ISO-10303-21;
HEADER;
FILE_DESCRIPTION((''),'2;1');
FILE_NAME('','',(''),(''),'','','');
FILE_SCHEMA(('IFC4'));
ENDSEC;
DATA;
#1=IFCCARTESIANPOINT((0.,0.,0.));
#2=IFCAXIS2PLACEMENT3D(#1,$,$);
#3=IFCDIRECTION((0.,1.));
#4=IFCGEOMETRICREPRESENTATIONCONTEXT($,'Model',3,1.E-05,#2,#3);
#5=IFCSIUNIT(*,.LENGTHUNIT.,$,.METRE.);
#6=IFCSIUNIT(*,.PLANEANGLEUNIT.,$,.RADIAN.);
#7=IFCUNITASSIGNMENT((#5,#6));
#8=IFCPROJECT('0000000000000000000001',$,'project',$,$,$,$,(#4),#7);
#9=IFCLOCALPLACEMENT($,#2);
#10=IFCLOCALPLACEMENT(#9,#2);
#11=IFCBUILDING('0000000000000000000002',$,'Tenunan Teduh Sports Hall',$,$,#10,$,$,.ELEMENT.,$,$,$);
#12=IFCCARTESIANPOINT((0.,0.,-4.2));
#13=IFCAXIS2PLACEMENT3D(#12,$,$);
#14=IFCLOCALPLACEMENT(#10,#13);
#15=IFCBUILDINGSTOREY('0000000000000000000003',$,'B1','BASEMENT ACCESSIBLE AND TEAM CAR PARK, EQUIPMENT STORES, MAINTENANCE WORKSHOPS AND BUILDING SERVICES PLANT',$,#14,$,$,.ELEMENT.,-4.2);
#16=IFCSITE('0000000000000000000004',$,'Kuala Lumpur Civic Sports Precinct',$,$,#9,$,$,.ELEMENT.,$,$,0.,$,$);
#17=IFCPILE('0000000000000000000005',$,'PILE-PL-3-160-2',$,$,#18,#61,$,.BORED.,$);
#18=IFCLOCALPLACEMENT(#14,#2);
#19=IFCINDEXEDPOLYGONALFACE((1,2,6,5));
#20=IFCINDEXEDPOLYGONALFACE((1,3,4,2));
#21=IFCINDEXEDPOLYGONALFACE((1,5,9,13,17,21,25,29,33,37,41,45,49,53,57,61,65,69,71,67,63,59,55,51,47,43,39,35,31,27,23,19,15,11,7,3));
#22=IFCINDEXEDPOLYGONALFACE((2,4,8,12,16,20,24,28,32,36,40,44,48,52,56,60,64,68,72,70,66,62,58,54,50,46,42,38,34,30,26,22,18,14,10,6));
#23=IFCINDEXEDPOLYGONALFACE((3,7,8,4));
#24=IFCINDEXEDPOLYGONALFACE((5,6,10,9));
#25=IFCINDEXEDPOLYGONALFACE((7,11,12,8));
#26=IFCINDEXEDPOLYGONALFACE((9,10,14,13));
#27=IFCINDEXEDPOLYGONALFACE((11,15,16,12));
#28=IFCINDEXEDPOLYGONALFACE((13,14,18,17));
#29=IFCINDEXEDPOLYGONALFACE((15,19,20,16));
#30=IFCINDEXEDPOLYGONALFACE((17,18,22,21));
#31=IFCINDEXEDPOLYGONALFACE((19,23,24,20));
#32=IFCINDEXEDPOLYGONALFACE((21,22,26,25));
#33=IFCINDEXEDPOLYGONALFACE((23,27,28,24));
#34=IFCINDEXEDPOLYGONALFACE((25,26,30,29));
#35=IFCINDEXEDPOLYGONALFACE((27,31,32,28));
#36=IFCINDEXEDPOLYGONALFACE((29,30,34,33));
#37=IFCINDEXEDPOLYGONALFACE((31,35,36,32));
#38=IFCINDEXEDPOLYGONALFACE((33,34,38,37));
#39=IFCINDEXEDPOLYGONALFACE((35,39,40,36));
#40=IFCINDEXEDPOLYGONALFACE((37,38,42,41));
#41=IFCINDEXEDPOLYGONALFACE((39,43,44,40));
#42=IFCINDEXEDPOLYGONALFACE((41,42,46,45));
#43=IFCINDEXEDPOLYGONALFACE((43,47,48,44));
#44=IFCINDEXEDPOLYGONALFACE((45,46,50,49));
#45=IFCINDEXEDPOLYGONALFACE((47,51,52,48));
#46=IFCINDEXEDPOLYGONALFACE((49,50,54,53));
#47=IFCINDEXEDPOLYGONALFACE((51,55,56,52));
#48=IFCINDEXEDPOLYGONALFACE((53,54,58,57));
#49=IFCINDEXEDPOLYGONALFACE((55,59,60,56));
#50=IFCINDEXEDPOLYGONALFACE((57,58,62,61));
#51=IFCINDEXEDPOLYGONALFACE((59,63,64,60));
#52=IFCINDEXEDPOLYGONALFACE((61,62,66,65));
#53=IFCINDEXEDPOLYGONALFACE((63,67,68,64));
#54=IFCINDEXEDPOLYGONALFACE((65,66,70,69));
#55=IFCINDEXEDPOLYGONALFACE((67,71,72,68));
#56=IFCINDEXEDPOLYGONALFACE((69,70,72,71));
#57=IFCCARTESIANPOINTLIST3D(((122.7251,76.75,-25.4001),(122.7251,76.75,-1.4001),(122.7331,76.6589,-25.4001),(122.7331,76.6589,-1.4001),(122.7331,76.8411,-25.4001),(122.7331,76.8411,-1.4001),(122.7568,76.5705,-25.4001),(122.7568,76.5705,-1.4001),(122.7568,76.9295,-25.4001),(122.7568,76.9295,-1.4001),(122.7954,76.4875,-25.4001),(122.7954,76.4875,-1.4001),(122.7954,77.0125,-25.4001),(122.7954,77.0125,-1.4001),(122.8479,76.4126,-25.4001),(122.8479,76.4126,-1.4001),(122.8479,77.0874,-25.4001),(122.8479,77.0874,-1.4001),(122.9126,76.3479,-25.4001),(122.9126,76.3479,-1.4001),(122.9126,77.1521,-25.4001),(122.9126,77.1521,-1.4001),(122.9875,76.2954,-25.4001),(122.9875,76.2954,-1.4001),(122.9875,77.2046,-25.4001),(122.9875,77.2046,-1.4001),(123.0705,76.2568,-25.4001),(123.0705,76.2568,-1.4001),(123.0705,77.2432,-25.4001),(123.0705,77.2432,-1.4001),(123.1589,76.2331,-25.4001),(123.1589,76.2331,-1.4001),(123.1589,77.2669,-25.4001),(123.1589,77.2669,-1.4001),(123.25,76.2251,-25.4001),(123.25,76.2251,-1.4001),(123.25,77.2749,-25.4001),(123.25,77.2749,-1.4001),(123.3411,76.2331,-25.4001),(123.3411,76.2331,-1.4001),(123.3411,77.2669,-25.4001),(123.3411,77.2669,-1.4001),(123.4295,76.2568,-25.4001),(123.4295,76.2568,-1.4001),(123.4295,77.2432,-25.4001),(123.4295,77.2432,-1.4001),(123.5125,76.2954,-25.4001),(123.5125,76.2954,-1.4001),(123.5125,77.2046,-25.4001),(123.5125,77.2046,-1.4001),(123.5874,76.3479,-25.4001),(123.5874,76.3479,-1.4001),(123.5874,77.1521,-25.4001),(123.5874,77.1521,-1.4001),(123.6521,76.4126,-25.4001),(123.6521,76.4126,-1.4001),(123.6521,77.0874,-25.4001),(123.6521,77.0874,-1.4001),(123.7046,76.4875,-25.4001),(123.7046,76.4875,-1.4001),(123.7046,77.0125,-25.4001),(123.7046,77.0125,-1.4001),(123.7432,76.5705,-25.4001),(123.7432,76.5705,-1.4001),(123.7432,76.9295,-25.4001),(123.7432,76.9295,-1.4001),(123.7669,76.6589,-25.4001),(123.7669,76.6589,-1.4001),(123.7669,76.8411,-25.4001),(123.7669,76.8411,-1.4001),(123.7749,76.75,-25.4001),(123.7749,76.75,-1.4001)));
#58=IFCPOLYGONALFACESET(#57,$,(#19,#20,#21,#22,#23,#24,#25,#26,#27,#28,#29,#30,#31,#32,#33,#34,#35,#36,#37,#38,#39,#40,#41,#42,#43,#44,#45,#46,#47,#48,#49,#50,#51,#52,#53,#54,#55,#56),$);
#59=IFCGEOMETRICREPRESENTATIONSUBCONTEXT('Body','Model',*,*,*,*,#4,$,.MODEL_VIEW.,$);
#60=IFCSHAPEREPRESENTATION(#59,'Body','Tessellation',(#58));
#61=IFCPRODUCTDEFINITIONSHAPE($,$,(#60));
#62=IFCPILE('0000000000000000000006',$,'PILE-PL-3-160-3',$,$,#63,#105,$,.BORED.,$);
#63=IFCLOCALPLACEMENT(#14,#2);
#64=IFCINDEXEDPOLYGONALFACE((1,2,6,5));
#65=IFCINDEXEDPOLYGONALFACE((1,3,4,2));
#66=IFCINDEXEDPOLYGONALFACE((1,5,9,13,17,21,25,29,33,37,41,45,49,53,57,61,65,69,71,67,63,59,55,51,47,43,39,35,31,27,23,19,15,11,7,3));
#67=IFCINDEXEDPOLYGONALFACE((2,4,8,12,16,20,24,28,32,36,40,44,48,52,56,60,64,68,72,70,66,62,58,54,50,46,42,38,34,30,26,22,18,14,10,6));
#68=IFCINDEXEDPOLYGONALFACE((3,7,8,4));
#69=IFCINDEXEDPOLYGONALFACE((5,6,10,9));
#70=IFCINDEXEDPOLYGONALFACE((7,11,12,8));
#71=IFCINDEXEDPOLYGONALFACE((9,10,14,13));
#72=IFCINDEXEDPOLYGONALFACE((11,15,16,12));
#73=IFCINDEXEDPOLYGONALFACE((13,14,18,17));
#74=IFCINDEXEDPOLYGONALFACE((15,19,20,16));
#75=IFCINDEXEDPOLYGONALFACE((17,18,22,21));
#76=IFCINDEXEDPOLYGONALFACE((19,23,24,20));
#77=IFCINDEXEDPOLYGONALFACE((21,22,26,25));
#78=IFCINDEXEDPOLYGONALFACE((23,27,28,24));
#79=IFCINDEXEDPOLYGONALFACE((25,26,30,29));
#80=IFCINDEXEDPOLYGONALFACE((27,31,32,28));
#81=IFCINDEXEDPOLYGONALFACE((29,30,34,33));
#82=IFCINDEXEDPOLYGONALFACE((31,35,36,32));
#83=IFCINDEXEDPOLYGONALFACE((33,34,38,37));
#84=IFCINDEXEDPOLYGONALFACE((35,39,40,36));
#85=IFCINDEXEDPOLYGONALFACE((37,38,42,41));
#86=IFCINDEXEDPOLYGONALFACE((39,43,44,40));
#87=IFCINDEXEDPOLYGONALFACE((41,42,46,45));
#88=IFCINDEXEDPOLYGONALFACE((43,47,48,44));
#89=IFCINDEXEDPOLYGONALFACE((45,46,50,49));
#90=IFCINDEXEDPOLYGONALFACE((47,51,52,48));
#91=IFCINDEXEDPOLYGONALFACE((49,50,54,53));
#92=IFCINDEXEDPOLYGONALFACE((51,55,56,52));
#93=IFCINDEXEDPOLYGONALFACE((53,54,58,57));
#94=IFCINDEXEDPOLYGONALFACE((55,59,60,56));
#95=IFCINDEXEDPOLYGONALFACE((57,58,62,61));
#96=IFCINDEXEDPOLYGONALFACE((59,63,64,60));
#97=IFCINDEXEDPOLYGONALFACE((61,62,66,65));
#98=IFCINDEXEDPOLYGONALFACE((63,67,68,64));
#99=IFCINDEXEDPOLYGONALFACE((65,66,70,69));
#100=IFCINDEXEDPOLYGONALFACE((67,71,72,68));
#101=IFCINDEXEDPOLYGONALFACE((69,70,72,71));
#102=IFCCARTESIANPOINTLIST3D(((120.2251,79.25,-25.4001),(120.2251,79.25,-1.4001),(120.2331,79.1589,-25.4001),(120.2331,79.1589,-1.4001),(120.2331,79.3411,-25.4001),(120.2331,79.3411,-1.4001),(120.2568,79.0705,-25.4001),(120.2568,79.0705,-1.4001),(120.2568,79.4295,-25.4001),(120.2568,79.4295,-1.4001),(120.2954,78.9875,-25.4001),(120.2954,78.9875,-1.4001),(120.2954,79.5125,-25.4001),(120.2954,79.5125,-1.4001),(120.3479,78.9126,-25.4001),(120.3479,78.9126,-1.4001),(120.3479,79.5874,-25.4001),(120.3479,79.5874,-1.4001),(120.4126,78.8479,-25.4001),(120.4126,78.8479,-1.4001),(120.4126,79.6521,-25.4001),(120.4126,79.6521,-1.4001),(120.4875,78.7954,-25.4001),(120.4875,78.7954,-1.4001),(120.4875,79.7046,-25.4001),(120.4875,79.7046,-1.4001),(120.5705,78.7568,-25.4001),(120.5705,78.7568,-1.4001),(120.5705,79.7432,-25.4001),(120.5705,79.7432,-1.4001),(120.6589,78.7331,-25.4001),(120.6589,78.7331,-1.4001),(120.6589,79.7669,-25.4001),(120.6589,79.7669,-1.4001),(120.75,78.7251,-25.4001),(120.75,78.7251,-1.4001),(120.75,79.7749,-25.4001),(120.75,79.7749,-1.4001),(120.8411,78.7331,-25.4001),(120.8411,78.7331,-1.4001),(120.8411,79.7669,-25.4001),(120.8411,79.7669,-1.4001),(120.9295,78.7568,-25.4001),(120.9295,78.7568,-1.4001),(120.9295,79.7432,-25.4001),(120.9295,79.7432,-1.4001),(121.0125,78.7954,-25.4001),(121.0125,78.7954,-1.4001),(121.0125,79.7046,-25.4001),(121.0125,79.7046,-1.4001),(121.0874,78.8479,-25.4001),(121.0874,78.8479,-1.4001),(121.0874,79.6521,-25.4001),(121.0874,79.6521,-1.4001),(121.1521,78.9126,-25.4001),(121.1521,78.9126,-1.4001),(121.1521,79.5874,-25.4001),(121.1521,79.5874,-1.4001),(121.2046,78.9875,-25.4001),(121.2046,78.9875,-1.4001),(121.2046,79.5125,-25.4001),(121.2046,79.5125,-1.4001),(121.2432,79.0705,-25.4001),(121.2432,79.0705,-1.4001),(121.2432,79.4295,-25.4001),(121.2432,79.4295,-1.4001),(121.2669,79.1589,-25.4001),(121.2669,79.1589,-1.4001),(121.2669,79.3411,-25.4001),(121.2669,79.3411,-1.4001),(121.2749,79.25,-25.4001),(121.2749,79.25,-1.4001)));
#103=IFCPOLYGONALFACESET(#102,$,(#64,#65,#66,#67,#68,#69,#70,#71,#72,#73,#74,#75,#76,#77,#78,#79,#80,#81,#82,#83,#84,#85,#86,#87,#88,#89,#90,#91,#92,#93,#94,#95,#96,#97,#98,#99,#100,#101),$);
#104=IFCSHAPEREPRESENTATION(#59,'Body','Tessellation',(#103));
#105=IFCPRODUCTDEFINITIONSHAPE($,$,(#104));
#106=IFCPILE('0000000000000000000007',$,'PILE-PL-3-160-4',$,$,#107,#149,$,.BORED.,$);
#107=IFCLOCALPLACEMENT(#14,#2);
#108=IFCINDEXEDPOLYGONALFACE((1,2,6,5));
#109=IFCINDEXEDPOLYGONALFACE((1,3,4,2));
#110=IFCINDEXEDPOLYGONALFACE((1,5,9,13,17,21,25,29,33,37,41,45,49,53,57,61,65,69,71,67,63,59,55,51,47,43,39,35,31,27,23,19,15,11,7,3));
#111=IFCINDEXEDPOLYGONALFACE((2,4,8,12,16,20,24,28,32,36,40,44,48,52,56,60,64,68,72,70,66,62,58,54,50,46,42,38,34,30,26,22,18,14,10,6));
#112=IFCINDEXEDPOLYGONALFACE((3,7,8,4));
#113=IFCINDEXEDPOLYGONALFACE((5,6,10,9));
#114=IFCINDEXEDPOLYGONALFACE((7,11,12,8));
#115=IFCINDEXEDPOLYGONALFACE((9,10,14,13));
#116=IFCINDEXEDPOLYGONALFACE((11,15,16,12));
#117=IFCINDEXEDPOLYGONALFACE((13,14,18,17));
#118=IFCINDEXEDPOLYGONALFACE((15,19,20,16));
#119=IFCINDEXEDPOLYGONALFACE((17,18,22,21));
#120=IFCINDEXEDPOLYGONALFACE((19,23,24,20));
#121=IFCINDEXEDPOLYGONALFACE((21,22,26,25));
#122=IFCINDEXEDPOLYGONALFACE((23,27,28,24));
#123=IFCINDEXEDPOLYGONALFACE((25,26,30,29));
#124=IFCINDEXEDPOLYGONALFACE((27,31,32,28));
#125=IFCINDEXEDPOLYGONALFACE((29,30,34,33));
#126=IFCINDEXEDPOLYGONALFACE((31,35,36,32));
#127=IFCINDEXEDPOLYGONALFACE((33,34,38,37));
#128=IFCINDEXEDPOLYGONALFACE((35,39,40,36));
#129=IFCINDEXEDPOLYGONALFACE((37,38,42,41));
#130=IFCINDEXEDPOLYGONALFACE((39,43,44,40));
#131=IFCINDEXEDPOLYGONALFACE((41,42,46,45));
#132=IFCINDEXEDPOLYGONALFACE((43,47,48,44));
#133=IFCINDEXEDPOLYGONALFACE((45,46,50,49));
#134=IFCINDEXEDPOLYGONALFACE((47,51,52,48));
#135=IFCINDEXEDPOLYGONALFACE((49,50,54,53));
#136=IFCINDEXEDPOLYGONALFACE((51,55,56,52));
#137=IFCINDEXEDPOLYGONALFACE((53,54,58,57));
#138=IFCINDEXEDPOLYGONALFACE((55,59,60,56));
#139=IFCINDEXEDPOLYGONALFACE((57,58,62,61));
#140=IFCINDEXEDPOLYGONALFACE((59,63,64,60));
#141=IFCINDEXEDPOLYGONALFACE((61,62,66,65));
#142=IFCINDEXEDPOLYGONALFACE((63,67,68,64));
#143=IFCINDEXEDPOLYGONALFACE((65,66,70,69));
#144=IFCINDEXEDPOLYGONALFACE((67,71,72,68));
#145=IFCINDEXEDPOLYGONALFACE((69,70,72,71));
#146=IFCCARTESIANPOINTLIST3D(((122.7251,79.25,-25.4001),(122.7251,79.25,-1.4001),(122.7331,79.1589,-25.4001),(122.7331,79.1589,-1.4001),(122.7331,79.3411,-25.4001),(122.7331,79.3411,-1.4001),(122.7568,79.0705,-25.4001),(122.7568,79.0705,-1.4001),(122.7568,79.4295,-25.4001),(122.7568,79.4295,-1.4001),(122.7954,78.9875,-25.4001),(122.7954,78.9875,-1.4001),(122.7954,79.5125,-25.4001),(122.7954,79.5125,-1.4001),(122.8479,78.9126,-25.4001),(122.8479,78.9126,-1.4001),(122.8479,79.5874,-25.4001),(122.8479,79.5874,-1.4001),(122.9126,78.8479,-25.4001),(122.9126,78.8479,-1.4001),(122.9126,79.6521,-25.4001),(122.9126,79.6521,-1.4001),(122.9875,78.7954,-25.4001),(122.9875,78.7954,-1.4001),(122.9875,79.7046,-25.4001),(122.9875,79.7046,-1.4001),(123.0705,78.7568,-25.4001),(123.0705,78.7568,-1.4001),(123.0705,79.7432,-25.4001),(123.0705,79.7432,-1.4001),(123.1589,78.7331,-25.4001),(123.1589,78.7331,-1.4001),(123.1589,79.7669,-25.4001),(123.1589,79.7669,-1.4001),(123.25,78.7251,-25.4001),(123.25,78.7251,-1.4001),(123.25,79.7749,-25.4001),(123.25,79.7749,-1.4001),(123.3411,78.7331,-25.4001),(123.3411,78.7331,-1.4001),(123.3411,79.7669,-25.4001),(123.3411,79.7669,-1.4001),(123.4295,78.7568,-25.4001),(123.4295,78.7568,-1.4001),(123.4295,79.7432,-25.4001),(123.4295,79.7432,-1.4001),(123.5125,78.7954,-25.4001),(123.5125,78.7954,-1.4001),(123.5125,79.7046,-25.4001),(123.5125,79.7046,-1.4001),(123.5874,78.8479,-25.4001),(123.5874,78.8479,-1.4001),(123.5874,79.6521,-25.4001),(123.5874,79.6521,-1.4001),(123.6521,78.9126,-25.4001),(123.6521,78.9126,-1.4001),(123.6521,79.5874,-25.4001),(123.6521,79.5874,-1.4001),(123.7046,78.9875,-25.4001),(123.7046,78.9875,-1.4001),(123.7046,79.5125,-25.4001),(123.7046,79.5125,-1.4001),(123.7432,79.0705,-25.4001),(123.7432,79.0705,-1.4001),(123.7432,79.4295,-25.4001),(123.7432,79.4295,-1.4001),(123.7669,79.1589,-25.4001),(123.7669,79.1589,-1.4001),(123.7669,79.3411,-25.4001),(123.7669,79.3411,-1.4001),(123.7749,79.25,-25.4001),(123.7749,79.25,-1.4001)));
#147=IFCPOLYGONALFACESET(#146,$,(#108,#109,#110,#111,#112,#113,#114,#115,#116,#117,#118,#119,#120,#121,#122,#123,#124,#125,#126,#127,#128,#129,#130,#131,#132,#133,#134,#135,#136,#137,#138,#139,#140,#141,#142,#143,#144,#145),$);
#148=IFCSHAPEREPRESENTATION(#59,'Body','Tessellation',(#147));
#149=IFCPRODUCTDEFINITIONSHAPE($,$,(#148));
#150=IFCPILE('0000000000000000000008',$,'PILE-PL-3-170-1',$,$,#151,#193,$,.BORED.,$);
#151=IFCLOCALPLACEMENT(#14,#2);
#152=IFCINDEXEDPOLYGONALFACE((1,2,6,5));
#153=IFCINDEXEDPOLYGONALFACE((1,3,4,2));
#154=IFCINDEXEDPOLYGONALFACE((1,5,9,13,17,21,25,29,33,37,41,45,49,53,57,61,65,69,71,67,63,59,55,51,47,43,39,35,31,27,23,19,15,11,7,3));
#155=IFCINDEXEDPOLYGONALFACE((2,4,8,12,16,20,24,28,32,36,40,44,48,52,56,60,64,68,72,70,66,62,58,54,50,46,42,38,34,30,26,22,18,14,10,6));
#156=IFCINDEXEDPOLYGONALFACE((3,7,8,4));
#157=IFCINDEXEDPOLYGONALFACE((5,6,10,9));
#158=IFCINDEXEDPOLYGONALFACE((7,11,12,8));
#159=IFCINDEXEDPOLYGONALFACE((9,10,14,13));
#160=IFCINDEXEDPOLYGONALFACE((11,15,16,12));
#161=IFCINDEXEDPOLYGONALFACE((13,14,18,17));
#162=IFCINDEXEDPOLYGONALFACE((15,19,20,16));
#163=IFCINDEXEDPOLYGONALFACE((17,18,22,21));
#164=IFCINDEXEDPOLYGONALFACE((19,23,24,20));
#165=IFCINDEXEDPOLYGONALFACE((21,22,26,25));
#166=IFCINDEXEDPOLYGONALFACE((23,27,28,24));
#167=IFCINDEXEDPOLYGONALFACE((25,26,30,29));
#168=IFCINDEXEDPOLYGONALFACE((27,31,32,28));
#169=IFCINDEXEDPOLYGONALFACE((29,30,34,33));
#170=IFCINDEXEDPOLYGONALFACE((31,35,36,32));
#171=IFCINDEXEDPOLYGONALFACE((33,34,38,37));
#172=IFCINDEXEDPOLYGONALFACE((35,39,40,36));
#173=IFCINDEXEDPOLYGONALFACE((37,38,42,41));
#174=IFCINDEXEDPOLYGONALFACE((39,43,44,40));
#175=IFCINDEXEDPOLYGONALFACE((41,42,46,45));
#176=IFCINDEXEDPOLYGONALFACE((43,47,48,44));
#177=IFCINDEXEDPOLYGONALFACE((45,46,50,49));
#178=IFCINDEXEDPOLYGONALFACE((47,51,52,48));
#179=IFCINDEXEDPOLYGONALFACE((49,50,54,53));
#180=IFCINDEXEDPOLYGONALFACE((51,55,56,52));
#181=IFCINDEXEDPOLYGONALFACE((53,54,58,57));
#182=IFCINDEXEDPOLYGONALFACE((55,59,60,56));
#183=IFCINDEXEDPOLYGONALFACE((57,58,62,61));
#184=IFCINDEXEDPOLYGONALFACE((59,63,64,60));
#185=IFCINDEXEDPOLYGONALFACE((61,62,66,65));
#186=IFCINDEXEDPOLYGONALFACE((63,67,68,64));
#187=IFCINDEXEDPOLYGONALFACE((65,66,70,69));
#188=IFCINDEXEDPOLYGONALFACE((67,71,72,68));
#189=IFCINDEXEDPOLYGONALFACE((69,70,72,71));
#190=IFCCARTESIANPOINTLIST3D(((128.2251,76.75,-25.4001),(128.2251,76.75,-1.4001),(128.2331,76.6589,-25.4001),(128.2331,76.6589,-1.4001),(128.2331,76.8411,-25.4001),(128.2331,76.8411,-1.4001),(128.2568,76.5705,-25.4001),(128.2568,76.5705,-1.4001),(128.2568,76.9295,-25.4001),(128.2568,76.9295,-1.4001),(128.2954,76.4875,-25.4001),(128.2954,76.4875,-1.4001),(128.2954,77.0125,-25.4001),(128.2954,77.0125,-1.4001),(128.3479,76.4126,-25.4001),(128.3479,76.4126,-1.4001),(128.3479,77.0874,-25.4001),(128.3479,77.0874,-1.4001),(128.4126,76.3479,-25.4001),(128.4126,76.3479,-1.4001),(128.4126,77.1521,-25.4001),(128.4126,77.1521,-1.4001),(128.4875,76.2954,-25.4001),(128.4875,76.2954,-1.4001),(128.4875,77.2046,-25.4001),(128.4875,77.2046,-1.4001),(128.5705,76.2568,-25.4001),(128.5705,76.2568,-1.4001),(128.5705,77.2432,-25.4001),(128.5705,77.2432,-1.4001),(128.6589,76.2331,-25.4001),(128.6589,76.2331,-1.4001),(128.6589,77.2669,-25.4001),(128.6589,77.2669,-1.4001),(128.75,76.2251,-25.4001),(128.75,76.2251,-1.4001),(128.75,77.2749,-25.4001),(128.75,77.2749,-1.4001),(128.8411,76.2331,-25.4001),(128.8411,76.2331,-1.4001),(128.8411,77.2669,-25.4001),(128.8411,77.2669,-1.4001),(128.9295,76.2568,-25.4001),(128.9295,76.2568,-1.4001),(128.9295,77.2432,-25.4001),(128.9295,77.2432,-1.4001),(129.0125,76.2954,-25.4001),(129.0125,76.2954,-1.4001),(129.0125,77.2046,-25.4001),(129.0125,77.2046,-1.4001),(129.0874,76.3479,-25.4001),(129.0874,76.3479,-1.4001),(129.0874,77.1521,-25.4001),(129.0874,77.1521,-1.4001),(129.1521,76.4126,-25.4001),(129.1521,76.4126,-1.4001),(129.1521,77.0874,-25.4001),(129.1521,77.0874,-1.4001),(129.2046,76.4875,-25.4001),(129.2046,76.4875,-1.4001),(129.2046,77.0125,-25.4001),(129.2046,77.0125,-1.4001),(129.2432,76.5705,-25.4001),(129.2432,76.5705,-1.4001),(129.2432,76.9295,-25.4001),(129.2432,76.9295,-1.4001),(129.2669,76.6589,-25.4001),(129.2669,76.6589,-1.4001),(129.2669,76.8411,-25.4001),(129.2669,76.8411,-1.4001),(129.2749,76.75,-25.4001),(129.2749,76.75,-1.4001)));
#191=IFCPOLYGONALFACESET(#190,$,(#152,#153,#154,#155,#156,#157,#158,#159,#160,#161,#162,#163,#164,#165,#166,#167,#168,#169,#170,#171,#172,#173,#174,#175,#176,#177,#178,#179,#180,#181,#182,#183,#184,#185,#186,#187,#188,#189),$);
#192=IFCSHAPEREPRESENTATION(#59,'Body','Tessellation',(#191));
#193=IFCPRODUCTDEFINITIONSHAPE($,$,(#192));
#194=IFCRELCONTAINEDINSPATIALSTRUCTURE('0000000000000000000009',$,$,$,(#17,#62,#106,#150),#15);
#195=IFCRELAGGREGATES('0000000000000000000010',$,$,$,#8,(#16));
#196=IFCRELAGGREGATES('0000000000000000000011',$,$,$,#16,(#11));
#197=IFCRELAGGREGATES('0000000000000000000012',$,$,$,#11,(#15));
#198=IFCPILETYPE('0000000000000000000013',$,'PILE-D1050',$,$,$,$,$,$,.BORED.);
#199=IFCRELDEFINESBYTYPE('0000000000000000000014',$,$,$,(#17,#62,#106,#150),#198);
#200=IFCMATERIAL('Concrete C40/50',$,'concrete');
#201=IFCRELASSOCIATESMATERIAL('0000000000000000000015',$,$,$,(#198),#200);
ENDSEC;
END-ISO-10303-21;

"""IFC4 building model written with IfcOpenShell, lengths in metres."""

from ifc_helpers import new_model, si_unit, direction, frame, origin, origin_2d, place, context, subcontext, project, spatial, circle, extrude, material, material_profile, profile_set, type_object, element, save


model = new_model("IFC4")

# Units and contexts
model_context = context("Model", 3, precision=1e-05, world=origin(), true_north=direction((0.0, 1.0)))
body_context = subcontext(model_context, "Body", "Model", "MODEL_VIEW")
ifc_project = project(units=[si_unit("LENGTHUNIT", "METRE"), si_unit("PLANEANGLEUNIT", "RADIAN")], contexts=[model_context])

# Site, building, storey
site_placement = place(None, origin())
site = spatial("IfcSite", under=ifc_project, at=site_placement, Name="Kuala Lumpur Civic Sports Precinct", CompositionType="ELEMENT", RefElevation=0.0)
building_placement = place(site_placement, origin())
building = spatial("IfcBuilding", under=site, at=building_placement, Name="Tenunan Teduh Sports Hall", CompositionType="ELEMENT")
storey_placement = place(building_placement, frame((0.0, 0.0, -4.2)))
storey = spatial("IfcBuildingStorey", under=building, at=storey_placement, Name="B1", Description="BASEMENT ACCESSIBLE AND TEAM CAR PARK, EQUIPMENT STORES, MAINTENANCE WORKSHOPS AND BUILDING SERVICES PLANT", CompositionType="ELEMENT", Elevation=-4.2)

# Piles
ifc_material_1 = material(Name="Concrete C40/50", Category="concrete")
ifc_material_profile_1 = material_profile(ifc_material_1, circle(Radius=0.5249, at=origin_2d()), Name="PILE D1050")
ifc_profile_set_1 = profile_set([ifc_material_profile_1], Name="Concrete C40/50")
pile_type_1 = type_object("IfcPileType", Name="PILE-D1050", PredefinedType="BORED", material=ifc_profile_set_1)
for number, where, z_axis, x_axis, name in (
    (1, (123.25, 76.75, -1.4001), (0.0, 0.0, -1.0), (1.0, 0.0, 0.0), "PILE-PL-3-160-2"),
    (2, (120.75, 79.25, -1.4001), (0.0, 0.0, -1.0), (1.0, 0.0, 0.0), "PILE-PL-3-160-3"),
    (3, (123.25, 79.25, -1.4001), (0.0, 0.0, -1.0), (1.0, 0.0, 0.0), "PILE-PL-3-160-4"),
    (4, (128.75, 76.75, -1.4001), (0.0, 0.0, -1.0), (1.0, 0.0, 0.0), "PILE-PL-3-170-1"),
):
    element("IfcPile", number, at=place(storey_placement, frame(where, z_axis=z_axis, x_axis=x_axis)), inside=storey, type_object=pile_type_1, Name=name, PredefinedType="BORED", context=body_context, shape_type="SweptSolid", body=[
        extrude(circle(Radius=0.5249, at=origin_2d()), origin(), (0.0, 0.0, 1.0), 24.0),
    ])

save(model, "model.ifc")
